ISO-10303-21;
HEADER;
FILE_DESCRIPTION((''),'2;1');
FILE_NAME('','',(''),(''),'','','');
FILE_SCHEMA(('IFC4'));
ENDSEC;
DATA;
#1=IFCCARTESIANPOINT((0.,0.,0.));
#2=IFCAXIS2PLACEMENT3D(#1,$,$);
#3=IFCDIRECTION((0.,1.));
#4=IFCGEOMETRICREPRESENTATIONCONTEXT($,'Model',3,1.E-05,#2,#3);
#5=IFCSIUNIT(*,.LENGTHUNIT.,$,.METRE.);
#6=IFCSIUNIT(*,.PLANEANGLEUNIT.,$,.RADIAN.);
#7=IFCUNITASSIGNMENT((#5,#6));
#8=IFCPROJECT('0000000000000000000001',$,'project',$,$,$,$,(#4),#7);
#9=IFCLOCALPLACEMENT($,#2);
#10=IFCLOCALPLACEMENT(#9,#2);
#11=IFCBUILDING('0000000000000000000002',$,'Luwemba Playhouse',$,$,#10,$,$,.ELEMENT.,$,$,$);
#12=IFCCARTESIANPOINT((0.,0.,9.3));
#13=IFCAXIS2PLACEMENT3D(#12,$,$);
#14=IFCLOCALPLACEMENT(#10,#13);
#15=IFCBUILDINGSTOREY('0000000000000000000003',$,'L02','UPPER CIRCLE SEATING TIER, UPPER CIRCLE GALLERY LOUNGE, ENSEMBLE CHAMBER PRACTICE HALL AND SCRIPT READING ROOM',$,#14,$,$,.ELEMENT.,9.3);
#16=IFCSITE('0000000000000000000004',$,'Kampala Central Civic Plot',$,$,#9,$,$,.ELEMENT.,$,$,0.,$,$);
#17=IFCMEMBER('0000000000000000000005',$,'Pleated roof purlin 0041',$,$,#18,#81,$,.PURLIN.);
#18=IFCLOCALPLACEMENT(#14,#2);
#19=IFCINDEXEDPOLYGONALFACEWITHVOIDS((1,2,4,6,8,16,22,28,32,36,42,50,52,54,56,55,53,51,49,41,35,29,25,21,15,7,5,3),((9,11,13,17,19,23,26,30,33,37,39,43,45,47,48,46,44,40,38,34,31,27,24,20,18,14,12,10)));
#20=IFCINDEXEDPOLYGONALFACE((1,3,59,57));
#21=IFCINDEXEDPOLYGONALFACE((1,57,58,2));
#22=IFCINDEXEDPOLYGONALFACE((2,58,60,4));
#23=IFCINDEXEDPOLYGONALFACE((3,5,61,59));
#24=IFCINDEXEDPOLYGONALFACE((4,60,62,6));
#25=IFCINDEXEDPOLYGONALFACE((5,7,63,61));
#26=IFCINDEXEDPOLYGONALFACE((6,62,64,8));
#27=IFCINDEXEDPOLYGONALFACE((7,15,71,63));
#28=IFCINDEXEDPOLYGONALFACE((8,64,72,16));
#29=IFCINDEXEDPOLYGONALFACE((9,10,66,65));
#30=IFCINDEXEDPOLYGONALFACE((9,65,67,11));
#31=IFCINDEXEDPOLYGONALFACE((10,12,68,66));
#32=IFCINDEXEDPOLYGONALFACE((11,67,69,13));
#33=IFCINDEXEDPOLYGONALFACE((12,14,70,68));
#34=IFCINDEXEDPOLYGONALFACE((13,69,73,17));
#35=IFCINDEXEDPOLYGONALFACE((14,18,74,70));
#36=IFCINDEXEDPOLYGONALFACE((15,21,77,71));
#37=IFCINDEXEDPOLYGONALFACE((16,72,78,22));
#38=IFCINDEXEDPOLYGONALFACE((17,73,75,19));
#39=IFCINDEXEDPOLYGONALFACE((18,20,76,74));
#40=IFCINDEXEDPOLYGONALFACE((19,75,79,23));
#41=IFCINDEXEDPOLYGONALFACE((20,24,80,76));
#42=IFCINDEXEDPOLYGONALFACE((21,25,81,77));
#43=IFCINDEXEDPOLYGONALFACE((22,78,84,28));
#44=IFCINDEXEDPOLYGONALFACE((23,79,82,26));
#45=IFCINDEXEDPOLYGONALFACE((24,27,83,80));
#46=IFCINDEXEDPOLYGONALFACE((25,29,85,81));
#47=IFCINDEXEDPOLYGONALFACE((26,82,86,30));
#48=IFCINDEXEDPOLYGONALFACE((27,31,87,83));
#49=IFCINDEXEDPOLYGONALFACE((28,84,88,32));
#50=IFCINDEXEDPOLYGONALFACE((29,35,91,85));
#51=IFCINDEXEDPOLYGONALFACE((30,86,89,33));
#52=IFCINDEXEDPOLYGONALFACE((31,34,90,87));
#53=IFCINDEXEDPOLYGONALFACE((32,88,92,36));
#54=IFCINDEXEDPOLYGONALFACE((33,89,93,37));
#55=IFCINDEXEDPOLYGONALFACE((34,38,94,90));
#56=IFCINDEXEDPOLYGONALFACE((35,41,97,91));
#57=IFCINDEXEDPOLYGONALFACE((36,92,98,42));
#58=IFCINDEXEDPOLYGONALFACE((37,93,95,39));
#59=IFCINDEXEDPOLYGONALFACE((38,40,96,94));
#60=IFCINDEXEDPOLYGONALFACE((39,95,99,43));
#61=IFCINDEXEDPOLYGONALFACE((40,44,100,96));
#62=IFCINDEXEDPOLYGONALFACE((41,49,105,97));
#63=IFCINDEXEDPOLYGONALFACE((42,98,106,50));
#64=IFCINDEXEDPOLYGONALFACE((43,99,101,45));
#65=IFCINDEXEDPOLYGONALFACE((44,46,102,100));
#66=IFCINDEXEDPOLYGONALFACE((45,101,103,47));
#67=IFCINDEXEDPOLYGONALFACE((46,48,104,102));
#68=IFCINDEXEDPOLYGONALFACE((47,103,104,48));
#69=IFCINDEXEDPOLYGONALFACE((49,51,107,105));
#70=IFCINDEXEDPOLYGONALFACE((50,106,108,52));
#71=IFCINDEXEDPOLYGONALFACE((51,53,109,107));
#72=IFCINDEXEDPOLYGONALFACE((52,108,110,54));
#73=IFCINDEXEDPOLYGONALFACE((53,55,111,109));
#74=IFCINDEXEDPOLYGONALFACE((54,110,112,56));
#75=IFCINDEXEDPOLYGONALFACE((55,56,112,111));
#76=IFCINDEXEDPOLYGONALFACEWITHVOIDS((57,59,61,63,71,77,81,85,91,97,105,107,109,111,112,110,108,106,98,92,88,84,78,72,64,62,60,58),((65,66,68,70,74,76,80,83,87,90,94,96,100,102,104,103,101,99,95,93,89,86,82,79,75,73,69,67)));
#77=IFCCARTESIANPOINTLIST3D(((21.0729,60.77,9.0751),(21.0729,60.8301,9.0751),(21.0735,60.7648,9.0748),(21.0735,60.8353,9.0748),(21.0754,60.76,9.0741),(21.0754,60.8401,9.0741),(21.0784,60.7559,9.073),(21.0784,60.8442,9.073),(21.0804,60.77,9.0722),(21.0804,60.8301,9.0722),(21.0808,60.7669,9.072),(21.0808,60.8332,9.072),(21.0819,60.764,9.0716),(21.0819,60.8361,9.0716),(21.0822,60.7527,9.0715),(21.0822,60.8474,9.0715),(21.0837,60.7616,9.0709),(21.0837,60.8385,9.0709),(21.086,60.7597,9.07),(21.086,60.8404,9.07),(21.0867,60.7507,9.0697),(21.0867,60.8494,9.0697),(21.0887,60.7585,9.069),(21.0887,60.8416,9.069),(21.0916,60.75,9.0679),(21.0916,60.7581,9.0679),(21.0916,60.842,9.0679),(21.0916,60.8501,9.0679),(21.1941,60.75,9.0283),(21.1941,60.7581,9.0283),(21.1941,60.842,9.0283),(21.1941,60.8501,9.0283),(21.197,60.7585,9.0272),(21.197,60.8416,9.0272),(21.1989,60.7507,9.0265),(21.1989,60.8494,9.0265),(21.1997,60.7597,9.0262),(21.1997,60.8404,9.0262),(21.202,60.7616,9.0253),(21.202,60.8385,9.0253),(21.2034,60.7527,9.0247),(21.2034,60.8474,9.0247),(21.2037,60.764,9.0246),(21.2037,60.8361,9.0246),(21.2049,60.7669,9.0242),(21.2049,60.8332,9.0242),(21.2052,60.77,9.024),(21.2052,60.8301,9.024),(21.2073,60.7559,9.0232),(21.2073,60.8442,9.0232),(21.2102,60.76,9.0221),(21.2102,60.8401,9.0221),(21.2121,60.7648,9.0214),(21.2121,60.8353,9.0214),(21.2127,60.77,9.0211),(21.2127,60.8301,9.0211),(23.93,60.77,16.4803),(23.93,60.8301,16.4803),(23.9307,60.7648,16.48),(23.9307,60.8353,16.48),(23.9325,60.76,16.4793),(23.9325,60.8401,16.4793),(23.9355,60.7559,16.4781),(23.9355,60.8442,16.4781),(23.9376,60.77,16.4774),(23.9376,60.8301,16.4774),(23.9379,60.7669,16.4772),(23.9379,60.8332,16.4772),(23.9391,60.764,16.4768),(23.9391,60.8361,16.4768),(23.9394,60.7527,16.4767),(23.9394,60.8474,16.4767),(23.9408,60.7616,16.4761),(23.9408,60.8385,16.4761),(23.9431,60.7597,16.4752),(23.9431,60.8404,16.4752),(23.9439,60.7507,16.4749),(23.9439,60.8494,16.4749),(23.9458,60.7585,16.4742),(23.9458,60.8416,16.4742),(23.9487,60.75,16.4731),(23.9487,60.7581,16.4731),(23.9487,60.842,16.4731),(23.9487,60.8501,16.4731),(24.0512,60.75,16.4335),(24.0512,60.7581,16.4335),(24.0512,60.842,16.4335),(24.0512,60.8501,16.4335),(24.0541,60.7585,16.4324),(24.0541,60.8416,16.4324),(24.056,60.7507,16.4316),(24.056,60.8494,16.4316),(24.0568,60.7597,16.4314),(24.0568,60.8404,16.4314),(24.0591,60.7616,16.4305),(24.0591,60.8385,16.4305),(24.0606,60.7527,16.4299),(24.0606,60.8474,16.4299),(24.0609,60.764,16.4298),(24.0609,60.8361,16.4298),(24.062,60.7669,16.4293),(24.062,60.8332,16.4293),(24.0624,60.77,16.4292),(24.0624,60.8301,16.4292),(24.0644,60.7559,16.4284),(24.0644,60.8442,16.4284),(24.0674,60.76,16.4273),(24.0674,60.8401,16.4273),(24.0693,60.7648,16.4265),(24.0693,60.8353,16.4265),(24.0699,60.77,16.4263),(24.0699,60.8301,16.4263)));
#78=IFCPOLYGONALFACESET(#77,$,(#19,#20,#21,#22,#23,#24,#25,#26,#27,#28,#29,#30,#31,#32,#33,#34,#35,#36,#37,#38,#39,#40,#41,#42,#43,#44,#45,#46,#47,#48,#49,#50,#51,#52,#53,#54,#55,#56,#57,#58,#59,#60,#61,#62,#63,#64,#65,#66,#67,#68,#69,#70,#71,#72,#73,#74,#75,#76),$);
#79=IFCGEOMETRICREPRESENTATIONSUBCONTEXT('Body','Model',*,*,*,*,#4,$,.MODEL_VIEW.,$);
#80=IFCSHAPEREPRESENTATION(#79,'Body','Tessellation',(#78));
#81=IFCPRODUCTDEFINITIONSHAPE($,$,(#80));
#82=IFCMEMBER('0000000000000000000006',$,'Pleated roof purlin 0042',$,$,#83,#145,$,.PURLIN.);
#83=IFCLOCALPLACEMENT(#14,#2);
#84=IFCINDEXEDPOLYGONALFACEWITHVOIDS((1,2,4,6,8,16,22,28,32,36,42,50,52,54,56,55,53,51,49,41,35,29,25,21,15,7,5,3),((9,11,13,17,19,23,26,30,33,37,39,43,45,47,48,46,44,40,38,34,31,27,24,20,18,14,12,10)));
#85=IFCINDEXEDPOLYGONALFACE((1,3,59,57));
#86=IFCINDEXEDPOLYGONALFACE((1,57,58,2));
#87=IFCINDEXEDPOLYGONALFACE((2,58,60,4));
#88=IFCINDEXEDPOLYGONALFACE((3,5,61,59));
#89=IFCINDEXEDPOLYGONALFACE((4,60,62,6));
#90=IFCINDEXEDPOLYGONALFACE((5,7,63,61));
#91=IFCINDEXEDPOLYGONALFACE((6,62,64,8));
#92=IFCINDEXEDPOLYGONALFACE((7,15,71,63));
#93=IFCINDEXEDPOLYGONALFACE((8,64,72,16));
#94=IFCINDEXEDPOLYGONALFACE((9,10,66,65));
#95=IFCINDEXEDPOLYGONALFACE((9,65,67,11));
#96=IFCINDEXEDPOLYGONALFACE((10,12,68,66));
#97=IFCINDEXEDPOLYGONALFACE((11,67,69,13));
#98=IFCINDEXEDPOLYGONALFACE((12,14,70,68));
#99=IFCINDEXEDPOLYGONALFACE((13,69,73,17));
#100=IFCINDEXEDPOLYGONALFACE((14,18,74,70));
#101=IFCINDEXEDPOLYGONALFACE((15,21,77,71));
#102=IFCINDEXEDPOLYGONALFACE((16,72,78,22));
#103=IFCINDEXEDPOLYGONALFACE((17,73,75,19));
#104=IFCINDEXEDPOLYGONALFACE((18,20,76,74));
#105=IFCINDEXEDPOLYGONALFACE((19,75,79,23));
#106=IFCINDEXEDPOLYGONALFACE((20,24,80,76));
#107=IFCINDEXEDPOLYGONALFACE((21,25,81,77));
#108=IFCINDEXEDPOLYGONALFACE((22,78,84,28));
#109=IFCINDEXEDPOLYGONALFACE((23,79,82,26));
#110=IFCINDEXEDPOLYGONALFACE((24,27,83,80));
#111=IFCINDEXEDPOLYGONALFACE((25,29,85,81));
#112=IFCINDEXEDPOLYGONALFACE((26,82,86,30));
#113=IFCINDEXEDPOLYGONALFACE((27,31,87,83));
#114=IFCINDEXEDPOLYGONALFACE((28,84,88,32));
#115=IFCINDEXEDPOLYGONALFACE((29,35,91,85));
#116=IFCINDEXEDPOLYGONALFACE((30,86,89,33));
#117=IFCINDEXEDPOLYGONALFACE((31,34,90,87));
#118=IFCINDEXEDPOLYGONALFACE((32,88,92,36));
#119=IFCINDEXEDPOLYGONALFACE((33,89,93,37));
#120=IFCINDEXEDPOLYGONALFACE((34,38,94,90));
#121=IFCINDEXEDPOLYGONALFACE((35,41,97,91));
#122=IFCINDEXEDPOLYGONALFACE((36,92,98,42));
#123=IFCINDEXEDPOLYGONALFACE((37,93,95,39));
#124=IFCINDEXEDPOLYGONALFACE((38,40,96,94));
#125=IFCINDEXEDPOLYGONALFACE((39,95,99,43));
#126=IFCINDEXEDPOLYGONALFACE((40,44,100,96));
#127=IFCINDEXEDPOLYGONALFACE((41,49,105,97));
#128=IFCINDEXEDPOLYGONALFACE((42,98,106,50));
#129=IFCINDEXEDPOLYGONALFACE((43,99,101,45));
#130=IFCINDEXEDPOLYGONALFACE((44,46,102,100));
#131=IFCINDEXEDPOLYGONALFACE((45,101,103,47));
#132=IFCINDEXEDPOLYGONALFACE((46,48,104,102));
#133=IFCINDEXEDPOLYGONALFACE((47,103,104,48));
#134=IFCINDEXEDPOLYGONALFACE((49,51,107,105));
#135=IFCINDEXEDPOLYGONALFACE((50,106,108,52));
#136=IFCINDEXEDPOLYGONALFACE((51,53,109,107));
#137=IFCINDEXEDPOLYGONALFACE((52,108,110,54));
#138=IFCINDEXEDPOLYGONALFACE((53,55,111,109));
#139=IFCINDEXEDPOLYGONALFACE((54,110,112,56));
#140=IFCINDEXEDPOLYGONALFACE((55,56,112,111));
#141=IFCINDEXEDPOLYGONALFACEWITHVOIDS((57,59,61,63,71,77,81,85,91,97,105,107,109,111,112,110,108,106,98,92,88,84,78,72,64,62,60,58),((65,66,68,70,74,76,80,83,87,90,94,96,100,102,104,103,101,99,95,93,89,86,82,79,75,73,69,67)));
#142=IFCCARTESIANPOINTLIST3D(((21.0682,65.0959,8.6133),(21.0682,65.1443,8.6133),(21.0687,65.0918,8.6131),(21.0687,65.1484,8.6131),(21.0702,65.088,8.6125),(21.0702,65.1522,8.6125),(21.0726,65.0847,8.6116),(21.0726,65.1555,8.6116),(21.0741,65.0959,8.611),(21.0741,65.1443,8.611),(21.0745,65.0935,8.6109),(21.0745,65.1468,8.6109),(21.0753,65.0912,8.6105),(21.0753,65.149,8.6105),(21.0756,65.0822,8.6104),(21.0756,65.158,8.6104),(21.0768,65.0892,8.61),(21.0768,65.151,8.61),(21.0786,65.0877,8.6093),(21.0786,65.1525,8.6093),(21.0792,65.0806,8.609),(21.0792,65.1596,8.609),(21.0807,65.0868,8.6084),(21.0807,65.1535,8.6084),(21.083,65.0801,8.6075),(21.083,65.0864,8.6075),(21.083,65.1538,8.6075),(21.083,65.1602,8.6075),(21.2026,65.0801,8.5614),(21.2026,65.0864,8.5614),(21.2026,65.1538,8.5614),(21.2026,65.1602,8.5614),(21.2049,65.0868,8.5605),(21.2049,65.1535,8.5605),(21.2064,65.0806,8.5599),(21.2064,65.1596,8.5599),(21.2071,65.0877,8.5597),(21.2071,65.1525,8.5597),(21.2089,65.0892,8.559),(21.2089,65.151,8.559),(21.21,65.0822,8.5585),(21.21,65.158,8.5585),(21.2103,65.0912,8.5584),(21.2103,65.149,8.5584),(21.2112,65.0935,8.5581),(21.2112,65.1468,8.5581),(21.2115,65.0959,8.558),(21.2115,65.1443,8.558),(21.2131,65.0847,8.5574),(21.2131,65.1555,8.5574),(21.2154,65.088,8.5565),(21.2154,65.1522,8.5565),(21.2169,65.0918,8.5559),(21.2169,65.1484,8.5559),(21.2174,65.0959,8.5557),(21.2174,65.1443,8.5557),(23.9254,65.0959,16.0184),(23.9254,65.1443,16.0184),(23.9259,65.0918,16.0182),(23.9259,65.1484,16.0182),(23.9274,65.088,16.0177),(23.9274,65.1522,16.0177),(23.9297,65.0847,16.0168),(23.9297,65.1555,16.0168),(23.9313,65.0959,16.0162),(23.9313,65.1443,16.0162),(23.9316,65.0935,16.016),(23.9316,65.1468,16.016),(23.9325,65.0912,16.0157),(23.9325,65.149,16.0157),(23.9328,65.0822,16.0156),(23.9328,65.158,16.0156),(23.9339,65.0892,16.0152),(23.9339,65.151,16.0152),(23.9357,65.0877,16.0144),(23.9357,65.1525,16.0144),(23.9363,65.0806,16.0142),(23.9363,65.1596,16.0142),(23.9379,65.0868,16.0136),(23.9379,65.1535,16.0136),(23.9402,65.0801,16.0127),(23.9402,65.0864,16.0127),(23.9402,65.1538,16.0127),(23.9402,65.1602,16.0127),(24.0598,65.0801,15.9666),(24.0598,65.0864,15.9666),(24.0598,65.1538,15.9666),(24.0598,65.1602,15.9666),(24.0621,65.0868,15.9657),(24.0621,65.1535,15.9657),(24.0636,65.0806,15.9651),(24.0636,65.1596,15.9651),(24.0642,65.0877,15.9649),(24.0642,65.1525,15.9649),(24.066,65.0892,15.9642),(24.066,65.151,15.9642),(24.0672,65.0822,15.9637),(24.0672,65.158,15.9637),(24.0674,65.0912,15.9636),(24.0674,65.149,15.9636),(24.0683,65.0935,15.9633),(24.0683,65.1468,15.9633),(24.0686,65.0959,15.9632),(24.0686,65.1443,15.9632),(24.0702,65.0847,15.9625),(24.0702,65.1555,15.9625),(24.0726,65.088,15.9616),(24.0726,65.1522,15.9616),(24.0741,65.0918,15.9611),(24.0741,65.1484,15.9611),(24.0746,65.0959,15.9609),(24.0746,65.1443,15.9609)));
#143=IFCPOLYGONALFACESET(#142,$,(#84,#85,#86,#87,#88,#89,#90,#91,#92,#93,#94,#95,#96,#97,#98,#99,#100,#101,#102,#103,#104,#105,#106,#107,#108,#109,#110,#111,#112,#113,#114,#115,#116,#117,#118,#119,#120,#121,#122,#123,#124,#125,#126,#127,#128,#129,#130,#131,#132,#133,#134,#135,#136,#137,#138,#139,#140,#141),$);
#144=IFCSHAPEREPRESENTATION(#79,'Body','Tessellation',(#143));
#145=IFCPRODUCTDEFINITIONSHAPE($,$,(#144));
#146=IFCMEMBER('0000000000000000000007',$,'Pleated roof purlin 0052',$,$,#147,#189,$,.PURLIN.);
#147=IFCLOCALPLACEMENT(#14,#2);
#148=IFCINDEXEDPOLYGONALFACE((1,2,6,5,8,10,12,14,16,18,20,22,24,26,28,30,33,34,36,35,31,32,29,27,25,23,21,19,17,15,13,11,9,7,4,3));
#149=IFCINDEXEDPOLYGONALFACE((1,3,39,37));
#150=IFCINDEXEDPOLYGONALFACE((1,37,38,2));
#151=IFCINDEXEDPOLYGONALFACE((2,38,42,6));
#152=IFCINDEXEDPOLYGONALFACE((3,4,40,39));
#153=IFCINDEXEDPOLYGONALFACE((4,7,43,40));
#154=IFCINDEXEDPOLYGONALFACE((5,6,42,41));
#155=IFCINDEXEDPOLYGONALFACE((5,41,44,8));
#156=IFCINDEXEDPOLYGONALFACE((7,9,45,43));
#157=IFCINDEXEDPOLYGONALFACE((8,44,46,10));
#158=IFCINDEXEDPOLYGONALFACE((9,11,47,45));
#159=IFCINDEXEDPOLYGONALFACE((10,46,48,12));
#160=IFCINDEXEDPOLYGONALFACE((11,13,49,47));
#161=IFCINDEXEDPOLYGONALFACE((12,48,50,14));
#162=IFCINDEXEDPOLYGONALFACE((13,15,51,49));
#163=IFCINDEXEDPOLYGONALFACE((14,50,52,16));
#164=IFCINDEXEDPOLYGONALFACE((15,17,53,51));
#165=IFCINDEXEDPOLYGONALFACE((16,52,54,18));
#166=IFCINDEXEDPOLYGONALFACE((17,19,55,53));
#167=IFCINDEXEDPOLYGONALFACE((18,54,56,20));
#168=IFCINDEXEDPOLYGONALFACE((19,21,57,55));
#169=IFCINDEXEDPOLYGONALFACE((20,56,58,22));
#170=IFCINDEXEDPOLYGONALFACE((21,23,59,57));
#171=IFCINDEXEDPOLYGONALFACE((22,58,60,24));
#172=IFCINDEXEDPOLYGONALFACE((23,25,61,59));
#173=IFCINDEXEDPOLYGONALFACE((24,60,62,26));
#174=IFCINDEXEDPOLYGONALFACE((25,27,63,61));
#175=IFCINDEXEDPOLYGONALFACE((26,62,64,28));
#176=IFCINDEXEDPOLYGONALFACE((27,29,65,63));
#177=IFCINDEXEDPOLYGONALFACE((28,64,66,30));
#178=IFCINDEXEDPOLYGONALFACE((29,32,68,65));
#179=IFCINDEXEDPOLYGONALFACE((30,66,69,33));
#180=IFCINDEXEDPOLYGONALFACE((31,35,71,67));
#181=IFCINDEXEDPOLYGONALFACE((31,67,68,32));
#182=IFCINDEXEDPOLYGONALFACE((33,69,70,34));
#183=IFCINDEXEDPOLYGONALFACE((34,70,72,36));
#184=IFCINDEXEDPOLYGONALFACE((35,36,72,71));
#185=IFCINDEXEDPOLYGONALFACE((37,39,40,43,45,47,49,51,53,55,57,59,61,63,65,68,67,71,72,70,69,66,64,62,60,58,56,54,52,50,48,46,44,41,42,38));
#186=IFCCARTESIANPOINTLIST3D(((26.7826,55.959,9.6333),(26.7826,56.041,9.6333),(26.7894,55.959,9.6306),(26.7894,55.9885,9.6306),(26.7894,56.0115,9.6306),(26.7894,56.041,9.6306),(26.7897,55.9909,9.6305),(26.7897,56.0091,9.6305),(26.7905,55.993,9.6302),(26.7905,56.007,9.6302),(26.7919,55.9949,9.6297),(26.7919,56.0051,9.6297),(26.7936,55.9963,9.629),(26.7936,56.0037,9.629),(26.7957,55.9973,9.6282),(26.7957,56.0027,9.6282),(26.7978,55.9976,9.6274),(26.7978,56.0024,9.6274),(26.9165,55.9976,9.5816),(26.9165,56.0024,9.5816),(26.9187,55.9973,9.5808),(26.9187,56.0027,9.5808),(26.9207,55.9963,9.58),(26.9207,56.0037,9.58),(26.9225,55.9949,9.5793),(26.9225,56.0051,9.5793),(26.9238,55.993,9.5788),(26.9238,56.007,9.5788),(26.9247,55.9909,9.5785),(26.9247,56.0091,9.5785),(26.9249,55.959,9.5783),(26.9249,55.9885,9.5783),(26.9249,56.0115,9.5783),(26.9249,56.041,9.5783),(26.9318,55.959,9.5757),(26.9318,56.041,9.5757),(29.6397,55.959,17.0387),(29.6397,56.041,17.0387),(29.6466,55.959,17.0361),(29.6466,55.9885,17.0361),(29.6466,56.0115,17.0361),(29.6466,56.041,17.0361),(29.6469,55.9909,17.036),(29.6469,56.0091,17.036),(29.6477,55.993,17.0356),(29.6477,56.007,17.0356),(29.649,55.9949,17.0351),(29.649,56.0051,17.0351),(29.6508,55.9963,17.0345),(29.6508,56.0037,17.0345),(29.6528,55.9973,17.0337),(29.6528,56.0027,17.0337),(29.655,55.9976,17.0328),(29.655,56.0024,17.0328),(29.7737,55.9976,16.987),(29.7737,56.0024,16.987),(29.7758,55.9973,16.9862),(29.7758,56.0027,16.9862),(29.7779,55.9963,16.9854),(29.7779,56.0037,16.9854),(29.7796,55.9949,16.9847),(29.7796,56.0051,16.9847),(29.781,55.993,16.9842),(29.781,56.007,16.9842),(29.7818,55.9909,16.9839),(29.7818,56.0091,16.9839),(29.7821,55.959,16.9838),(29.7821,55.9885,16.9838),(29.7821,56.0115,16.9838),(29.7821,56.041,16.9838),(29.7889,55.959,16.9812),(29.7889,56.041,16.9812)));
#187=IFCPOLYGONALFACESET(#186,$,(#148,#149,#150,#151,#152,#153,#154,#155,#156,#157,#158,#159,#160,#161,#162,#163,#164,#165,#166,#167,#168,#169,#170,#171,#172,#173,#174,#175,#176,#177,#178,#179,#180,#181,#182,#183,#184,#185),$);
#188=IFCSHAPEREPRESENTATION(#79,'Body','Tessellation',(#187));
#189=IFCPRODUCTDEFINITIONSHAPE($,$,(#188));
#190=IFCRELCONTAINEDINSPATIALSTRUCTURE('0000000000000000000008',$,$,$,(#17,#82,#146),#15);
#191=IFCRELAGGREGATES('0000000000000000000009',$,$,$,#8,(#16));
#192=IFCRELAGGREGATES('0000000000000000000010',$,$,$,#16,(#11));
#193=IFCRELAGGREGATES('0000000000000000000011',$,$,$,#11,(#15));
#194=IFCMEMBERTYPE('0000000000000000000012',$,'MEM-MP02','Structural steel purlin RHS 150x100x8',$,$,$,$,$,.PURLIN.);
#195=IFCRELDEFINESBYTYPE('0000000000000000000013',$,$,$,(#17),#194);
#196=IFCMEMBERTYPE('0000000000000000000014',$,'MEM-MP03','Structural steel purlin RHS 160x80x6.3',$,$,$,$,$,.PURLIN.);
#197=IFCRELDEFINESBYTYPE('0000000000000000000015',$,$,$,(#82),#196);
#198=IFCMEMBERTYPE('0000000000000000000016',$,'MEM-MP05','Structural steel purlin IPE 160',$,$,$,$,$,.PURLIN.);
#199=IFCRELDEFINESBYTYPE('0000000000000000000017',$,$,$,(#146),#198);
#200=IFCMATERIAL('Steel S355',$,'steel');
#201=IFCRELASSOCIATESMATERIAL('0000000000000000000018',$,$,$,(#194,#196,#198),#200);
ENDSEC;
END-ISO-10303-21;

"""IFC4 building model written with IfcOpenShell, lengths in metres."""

from ifc_helpers import new_model, si_unit, direction, frame, origin, origin_2d, place, context, subcontext, project, spatial, hollow_rectangle, i_section, extrude, material, material_profile, profile_set, type_object, element, save


model = new_model("IFC4")

# Units and contexts
model_context = context("Model", 3, precision=1e-05, world=origin(), true_north=direction((0.0, 1.0)))
body_context = subcontext(model_context, "Body", "Model", "MODEL_VIEW")
ifc_project = project(units=[si_unit("LENGTHUNIT", "METRE"), si_unit("PLANEANGLEUNIT", "RADIAN")], contexts=[model_context])

# Site, building, storey
site_placement = place(None, origin())
site = spatial("IfcSite", under=ifc_project, at=site_placement, Name="Kampala Central Civic Plot", CompositionType="ELEMENT", RefElevation=0.0)
building_placement = place(site_placement, origin())
building = spatial("IfcBuilding", under=site, at=building_placement, Name="Luwemba Playhouse", CompositionType="ELEMENT")
storey_placement = place(building_placement, frame((0.0, 0.0, 9.3)))
storey = spatial("IfcBuildingStorey", under=building, at=storey_placement, Name="L02", Description="UPPER CIRCLE SEATING TIER, UPPER CIRCLE GALLERY LOUNGE, ENSEMBLE CHAMBER PRACTICE HALL AND SCRIPT READING ROOM", CompositionType="ELEMENT", Elevation=9.3)

# Shared definitions
ifc_material_1 = material(Name="Steel S355", Category="steel")

# Members
ifc_material_profile_1 = material_profile(ifc_material_1, hollow_rectangle(XDim=0.1001, YDim=0.1499, WallThickness=0.0081, InnerFilletRadius=0.012, OuterFilletRadius=0.02, at=origin_2d()))
ifc_profile_set_1 = profile_set([ifc_material_profile_1], Name="Steel S355")
member_type_1 = type_object("IfcMemberType", Name="MEM-MP02", Description="Structural steel purlin RHS 150x100x8", PredefinedType="PURLIN", material=ifc_profile_set_1)
member_1_placement = place(storey_placement, frame((21.1428, 60.8, 9.0481), z_axis=(0.359966, 0.0, 0.932965), x_axis=(0.0, 1.0, 0.0)))
element("IfcMember", 1, at=member_1_placement, inside=storey, type_object=member_type_1, Name="Pleated roof purlin 0041", PredefinedType="PURLIN", context=body_context, shape_type="SweptSolid", body=[
    extrude(hollow_rectangle(XDim=0.1001, YDim=0.1499, WallThickness=0.0081, InnerFilletRadius=0.012, OuterFilletRadius=0.02, at=origin_2d()), origin(), (0.0, 0.0, 1.0), 7.9373),
])
ifc_material_profile_2 = material_profile(ifc_material_1, hollow_rectangle(XDim=0.0801, YDim=0.1599, WallThickness=0.0063, InnerFilletRadius=0.0095, OuterFilletRadius=0.0159, at=origin_2d()))
ifc_profile_set_2 = profile_set([ifc_material_profile_2], Name="Steel S355")
member_type_2 = type_object("IfcMemberType", Name="MEM-MP03", Description="Structural steel purlin RHS 160x80x6.3", PredefinedType="PURLIN", material=ifc_profile_set_2)
member_2_placement = place(storey_placement, frame((21.1428, 65.1201, 8.5845), z_axis=(0.359966, 0.0, 0.932965), x_axis=(0.0, 1.0, 0.0)))
element("IfcMember", 2, at=member_2_placement, inside=storey, type_object=member_type_2, Name="Pleated roof purlin 0042", PredefinedType="PURLIN", context=body_context, shape_type="SweptSolid", body=[
    extrude(hollow_rectangle(XDim=0.0801, YDim=0.1599, WallThickness=0.0063, InnerFilletRadius=0.0095, OuterFilletRadius=0.0159, at=origin_2d()), origin(), (0.0, 0.0, 1.0), 7.9373),
])
ifc_material_profile_3 = material_profile(ifc_material_1, i_section(OverallWidth=0.082, OverallDepth=0.1599, WebThickness=0.0049, FlangeThickness=0.0073, FilletRadius=0.009, at=origin_2d()))
ifc_profile_set_3 = profile_set([ifc_material_profile_3], Name="Steel S355")
member_type_3 = type_object("IfcMemberType", Name="MEM-MP05", Description="Structural steel purlin IPE 160", PredefinedType="PURLIN", material=ifc_profile_set_3)
member_3_placement = place(storey_placement, frame((26.8572, 56.0, 9.6045), z_axis=(0.359956, 0.0, 0.932969), x_axis=(0.0, 1.0, 0.0)))
element("IfcMember", 3, at=member_3_placement, inside=storey, type_object=member_type_3, Name="Pleated roof purlin 0052", PredefinedType="PURLIN", context=body_context, shape_type="SweptSolid", body=[
    extrude(i_section(OverallWidth=0.082, OverallDepth=0.1599, WebThickness=0.0049, FlangeThickness=0.0073, FilletRadius=0.009, at=origin_2d()), origin(), (0.0, 0.0, 1.0), 7.9375),
])

save(model, "model.ifc")
